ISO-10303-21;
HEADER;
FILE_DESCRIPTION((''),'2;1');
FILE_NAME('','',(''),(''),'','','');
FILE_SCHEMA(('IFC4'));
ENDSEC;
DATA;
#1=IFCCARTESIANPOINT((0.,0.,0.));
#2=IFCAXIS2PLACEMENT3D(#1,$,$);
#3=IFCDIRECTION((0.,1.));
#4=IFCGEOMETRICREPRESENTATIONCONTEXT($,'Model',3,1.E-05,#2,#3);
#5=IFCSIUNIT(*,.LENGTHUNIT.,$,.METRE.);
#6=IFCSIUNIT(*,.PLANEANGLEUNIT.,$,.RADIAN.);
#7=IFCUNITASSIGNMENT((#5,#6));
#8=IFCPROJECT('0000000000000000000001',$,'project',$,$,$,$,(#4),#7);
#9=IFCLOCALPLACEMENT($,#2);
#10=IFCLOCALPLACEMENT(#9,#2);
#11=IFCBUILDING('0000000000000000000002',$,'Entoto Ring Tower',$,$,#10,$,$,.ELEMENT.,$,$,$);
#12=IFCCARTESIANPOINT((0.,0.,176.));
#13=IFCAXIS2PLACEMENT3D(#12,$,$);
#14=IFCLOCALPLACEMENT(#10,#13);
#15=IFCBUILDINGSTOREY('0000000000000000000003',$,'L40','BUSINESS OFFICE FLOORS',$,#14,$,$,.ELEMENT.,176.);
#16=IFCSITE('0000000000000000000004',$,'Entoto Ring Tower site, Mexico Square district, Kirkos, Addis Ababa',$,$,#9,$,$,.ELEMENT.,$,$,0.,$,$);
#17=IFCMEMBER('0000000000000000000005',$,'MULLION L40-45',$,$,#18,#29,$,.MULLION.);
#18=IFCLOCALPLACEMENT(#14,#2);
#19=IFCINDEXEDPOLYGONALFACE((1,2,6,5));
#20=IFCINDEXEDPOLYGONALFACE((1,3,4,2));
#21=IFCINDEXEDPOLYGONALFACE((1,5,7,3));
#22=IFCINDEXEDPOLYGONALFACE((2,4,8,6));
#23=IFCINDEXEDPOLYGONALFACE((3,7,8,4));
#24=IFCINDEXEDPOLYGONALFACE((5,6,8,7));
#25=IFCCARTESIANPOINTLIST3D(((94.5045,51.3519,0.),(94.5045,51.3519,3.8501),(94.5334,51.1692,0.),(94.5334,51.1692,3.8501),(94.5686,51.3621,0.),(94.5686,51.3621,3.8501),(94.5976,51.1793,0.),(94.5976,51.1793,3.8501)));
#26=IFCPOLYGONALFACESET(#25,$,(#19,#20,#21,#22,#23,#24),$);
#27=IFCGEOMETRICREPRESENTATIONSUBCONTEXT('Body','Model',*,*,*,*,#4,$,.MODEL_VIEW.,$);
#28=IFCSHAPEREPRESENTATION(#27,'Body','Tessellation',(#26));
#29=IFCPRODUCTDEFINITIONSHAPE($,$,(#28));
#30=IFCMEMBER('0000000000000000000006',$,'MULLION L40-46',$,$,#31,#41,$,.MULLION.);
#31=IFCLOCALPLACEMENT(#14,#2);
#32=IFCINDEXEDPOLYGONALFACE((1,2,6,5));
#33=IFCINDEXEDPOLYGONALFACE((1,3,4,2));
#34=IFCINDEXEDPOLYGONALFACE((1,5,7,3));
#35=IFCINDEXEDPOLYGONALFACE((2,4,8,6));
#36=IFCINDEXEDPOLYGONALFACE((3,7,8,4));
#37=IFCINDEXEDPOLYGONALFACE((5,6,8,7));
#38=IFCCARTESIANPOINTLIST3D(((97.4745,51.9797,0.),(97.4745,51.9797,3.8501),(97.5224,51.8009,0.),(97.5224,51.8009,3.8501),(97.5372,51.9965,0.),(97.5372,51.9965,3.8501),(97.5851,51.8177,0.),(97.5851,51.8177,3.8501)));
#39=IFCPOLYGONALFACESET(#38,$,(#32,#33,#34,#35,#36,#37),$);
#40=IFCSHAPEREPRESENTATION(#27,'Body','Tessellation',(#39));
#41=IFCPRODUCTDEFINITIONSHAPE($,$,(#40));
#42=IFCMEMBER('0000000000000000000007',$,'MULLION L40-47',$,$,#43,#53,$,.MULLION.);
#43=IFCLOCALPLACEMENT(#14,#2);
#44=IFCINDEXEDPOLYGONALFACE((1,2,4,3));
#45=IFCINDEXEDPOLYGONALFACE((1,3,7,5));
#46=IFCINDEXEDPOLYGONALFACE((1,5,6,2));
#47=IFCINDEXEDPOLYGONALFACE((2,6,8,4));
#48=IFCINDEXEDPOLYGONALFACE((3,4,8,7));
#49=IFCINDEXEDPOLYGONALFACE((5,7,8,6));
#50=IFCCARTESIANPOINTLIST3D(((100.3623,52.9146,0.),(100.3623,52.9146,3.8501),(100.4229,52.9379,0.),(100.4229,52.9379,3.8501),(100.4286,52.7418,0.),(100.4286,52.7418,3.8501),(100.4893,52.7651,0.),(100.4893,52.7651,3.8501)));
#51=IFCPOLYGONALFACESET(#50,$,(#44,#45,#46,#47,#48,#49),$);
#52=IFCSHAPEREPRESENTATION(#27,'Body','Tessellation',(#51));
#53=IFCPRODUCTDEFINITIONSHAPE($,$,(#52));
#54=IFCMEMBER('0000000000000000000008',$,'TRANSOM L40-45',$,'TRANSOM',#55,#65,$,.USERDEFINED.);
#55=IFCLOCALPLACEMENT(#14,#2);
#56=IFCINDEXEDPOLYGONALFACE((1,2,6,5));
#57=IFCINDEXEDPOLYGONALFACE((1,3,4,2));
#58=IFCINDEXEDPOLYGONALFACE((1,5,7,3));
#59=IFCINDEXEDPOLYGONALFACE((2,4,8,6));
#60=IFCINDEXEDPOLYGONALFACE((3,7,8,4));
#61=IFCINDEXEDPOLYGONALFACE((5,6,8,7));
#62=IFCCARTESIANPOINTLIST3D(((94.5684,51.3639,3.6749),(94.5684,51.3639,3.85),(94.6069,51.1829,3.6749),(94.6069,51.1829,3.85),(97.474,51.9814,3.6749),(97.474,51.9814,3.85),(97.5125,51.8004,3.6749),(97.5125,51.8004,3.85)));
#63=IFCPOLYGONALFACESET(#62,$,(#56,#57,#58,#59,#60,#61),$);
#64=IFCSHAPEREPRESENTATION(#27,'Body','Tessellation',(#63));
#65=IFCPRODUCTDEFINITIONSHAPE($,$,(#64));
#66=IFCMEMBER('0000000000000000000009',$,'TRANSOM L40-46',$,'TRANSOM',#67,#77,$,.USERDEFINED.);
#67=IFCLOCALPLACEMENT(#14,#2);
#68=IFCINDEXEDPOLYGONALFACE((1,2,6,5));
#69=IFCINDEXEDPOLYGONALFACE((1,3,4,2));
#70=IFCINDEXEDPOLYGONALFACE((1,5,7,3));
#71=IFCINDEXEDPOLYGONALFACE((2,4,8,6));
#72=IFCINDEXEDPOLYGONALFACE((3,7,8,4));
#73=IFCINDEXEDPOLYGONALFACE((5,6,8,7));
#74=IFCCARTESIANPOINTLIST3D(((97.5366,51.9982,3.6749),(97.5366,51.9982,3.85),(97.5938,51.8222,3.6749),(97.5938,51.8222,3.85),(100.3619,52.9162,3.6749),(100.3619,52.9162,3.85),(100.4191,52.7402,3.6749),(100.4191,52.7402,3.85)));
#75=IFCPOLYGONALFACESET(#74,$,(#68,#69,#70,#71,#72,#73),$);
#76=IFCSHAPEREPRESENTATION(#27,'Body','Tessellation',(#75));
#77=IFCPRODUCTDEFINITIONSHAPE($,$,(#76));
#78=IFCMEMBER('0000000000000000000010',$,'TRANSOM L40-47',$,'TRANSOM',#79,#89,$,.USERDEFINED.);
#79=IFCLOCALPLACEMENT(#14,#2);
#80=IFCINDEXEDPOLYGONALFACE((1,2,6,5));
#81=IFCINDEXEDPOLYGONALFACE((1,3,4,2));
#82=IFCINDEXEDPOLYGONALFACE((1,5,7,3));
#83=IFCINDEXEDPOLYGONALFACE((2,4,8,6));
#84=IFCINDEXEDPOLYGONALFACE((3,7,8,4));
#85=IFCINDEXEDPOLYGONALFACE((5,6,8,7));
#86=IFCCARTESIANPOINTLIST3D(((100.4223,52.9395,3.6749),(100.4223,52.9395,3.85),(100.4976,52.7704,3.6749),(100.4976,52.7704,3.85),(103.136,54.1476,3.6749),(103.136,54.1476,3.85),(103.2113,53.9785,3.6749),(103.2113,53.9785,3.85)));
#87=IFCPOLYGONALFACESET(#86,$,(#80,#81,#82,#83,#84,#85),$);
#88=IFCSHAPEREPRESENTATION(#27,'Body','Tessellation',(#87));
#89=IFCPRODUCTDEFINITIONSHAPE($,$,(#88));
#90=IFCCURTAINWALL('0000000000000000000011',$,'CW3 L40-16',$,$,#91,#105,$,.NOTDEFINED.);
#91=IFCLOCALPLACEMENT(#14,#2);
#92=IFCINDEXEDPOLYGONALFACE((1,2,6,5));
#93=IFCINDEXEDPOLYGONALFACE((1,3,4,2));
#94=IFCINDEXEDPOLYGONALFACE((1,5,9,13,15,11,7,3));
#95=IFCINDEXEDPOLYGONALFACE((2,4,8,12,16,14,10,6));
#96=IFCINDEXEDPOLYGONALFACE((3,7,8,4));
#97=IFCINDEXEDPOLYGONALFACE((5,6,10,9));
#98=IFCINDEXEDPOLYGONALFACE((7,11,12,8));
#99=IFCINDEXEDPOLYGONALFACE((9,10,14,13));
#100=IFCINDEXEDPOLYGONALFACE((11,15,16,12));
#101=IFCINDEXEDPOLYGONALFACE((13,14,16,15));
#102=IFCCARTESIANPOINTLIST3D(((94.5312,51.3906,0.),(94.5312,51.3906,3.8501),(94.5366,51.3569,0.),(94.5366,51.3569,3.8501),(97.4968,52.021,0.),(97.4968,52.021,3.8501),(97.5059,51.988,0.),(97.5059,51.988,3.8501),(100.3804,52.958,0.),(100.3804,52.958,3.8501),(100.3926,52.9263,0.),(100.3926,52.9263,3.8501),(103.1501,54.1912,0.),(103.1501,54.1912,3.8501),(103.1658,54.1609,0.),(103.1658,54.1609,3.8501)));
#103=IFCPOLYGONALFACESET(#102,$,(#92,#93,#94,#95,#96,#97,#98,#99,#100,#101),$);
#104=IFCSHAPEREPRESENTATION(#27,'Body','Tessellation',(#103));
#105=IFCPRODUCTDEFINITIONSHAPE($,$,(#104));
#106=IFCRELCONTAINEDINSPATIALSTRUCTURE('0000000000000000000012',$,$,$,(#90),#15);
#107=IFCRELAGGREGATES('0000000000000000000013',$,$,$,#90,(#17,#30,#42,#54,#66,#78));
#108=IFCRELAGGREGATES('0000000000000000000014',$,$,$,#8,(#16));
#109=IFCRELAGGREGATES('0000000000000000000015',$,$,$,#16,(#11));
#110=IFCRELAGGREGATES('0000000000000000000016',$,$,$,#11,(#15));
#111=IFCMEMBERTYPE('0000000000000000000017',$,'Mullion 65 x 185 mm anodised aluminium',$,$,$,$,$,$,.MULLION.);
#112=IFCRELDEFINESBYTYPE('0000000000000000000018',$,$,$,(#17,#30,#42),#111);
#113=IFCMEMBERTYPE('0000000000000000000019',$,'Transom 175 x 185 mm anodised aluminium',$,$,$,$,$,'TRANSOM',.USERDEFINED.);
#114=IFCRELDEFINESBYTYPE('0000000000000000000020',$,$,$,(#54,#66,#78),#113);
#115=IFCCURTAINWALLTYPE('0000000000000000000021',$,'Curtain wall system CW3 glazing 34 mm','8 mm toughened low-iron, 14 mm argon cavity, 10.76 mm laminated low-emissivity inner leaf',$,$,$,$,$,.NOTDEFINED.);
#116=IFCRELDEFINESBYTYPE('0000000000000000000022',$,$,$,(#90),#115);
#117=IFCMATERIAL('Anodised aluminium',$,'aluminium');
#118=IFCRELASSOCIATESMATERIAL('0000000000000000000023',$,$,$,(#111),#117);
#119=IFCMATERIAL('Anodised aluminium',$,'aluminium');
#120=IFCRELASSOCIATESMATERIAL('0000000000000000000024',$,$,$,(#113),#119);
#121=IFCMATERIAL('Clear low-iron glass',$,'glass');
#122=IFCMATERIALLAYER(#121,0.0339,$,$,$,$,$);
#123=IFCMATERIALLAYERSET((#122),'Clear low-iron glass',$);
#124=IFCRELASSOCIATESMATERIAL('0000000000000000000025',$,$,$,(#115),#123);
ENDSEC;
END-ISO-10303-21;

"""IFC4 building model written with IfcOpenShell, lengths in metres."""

from ifc_helpers import new_model, si_unit, direction, frame, origin, origin_2d, place, context, subcontext, project, spatial, polyline, rectangle, outline, extrude, material, layer, layer_set, material_profile, profile_set, type_object, element, aggregate, save


model = new_model("IFC4")

# Units and contexts
model_context = context("Model", 3, precision=1e-05, world=origin(), true_north=direction((0.0, 1.0)))
body_context = subcontext(model_context, "Body", "Model", "MODEL_VIEW")
ifc_project = project(units=[si_unit("LENGTHUNIT", "METRE"), si_unit("PLANEANGLEUNIT", "RADIAN")], contexts=[model_context])

# Members
ifc_material_1 = material(Name="Anodised aluminium", Category="aluminium")
ifc_material_profile_1 = material_profile(ifc_material_1, rectangle(XDim=0.0649, YDim=0.1851, at=origin_2d()), Name="Mullion 65 x 185 mm anodised aluminium")
ifc_profile_set_1 = profile_set([ifc_material_profile_1], Name="Anodised aluminium")
member_type_1 = type_object("IfcMemberType", Name="Mullion 65 x 185 mm anodised aluminium", PredefinedType="MULLION", material=ifc_profile_set_1)
site_placement = place(None, origin())
building_placement = place(site_placement, origin())
storey_placement = place(building_placement, frame((0.0, 0.0, 176.0)))
member_1_placement = place(storey_placement, frame((94.551, 51.2656, 0.0), z_axis=(0.0, 0.0, 1.0), x_axis=(0.987688, 0.156434, 0.0)))
member_1 = element("IfcMember", 1, at=member_1_placement, type_object=member_type_1, Name="MULLION L40-45", PredefinedType="MULLION", context=body_context, shape_type="SweptSolid", body=[
    extrude(rectangle(XDim=0.0649, YDim=0.1851, at=origin_2d()), origin(), (0.0, 0.0, 1.0), 3.8501),
])
member_2_placement = place(storey_placement, frame((97.5298, 51.8987, 0.0), z_axis=(0.0, 0.0, 1.0), x_axis=(0.965926, 0.258819, 0.0)))
member_2 = element("IfcMember", 2, at=member_2_placement, type_object=member_type_1, Name="MULLION L40-46", PredefinedType="MULLION", context=body_context, shape_type="SweptSolid", body=[
    extrude(rectangle(XDim=0.0649, YDim=0.1851, at=origin_2d()), origin(), (0.0, 0.0, 1.0), 3.8501),
])
member_3_placement = place(storey_placement, frame((100.4258, 52.8398, 0.0), z_axis=(0.0, 0.0, 1.0), x_axis=(0.93358, 0.358368, 0.0)))
member_3 = element("IfcMember", 3, at=member_3_placement, type_object=member_type_1, Name="MULLION L40-47", PredefinedType="MULLION", context=body_context, shape_type="SweptSolid", body=[
    extrude(rectangle(XDim=0.0649, YDim=0.1851, at=origin_2d()), origin(), (0.0, 0.0, 1.0), 3.8501),
])
ifc_material_2 = material(Name="Anodised aluminium", Category="aluminium")
ifc_material_profile_2 = material_profile(ifc_material_2, rectangle(XDim=0.1851, YDim=0.175, at=origin_2d()), Name="Transom 175 x 185 mm anodised aluminium")
ifc_profile_set_2 = profile_set([ifc_material_profile_2], Name="Anodised aluminium")
member_type_2 = type_object("IfcMemberType", Name="Transom 175 x 185 mm anodised aluminium", ElementType="TRANSOM", PredefinedType="USERDEFINED", material=ifc_profile_set_2)
member_4_placement = place(storey_placement, frame((94.5876, 51.2734, 3.7625), z_axis=(0.978158, 0.207862, 0.0), x_axis=(-0.207862, 0.978158, 0.0)))
member_4 = element("IfcMember", 4, at=member_4_placement, type_object=member_type_2, Name="TRANSOM L40-45", ObjectType="TRANSOM", PredefinedType="USERDEFINED", context=body_context, shape_type="SweptSolid", body=[
    extrude(rectangle(XDim=0.1851, YDim=0.175, at=origin_2d()), origin(), (0.0, 0.0, 1.0), 2.9705),
])
member_5_placement = place(storey_placement, frame((97.5652, 51.9102, 3.7625), z_axis=(0.951056, 0.309019, 0.0), x_axis=(-0.309019, 0.951056, 0.0)))
member_5 = element("IfcMember", 5, at=member_5_placement, type_object=member_type_2, Name="TRANSOM L40-46", ObjectType="TRANSOM", PredefinedType="USERDEFINED", context=body_context, shape_type="SweptSolid", body=[
    extrude(rectangle(XDim=0.1851, YDim=0.175, at=origin_2d()), origin(), (0.0, 0.0, 1.0), 2.9707),
])
member_6_placement = place(storey_placement, frame((100.46, 52.855, 3.7625), z_axis=(0.913567, 0.406687, 0.0), x_axis=(-0.406687, 0.913567, 0.0)))
member_6 = element("IfcMember", 6, at=member_6_placement, type_object=member_type_2, Name="TRANSOM L40-47", ObjectType="TRANSOM", PredefinedType="USERDEFINED", context=body_context, shape_type="SweptSolid", body=[
    extrude(rectangle(XDim=0.1851, YDim=0.175, at=origin_2d()), origin(), (0.0, 0.0, 1.0), 2.9705),
])

# Site, building, storey
site = spatial("IfcSite", under=ifc_project, at=site_placement, Name="Entoto Ring Tower site, Mexico Square district, Kirkos, Addis Ababa", CompositionType="ELEMENT", RefElevation=0.0)
building = spatial("IfcBuilding", under=site, at=building_placement, Name="Entoto Ring Tower", CompositionType="ELEMENT")
storey = spatial("IfcBuildingStorey", under=building, at=storey_placement, Name="L40", Description="BUSINESS OFFICE FLOORS", CompositionType="ELEMENT", Elevation=176.0)

# Curtain wall
ifc_material_3 = material(Name="Clear low-iron glass", Category="glass")
ifc_layer = layer(ifc_material_3, 0.0339)
ifc_layer_set = layer_set([ifc_layer], Name="Clear low-iron glass")
curtain_wall_type = type_object("IfcCurtainWallType", Name="Curtain wall system CW3 glazing 34 mm", Description="8 mm toughened low-iron, 14 mm argon cavity, 10.76 mm laminated low-emissivity inner leaf", PredefinedType="NOTDEFINED", material=ifc_layer_set)
curtain_wall_1_placement = place(storey_placement, origin())
curtain_wall_1 = element("IfcCurtainWall", 7, at=curtain_wall_1_placement, inside=storey, type_object=curtain_wall_type, Name="CW3 L40-16", PredefinedType="NOTDEFINED", context=body_context, shape_type="SweptSolid", body=[
    extrude(outline(polyline([(94.5366, 51.3569), (97.5059, 51.988), (100.3926, 52.9263), (103.1658, 54.1609), (103.1501, 54.1912), (100.3804, 52.958), (97.4968, 52.021), (94.5312, 51.3906), (94.5366, 51.3569)])), origin(), (0.0, 0.0, 1.0), 3.8501),
])
aggregate(curtain_wall_1, [member_1, member_2, member_3, member_4, member_5, member_6])

save(model, "model.ifc")
